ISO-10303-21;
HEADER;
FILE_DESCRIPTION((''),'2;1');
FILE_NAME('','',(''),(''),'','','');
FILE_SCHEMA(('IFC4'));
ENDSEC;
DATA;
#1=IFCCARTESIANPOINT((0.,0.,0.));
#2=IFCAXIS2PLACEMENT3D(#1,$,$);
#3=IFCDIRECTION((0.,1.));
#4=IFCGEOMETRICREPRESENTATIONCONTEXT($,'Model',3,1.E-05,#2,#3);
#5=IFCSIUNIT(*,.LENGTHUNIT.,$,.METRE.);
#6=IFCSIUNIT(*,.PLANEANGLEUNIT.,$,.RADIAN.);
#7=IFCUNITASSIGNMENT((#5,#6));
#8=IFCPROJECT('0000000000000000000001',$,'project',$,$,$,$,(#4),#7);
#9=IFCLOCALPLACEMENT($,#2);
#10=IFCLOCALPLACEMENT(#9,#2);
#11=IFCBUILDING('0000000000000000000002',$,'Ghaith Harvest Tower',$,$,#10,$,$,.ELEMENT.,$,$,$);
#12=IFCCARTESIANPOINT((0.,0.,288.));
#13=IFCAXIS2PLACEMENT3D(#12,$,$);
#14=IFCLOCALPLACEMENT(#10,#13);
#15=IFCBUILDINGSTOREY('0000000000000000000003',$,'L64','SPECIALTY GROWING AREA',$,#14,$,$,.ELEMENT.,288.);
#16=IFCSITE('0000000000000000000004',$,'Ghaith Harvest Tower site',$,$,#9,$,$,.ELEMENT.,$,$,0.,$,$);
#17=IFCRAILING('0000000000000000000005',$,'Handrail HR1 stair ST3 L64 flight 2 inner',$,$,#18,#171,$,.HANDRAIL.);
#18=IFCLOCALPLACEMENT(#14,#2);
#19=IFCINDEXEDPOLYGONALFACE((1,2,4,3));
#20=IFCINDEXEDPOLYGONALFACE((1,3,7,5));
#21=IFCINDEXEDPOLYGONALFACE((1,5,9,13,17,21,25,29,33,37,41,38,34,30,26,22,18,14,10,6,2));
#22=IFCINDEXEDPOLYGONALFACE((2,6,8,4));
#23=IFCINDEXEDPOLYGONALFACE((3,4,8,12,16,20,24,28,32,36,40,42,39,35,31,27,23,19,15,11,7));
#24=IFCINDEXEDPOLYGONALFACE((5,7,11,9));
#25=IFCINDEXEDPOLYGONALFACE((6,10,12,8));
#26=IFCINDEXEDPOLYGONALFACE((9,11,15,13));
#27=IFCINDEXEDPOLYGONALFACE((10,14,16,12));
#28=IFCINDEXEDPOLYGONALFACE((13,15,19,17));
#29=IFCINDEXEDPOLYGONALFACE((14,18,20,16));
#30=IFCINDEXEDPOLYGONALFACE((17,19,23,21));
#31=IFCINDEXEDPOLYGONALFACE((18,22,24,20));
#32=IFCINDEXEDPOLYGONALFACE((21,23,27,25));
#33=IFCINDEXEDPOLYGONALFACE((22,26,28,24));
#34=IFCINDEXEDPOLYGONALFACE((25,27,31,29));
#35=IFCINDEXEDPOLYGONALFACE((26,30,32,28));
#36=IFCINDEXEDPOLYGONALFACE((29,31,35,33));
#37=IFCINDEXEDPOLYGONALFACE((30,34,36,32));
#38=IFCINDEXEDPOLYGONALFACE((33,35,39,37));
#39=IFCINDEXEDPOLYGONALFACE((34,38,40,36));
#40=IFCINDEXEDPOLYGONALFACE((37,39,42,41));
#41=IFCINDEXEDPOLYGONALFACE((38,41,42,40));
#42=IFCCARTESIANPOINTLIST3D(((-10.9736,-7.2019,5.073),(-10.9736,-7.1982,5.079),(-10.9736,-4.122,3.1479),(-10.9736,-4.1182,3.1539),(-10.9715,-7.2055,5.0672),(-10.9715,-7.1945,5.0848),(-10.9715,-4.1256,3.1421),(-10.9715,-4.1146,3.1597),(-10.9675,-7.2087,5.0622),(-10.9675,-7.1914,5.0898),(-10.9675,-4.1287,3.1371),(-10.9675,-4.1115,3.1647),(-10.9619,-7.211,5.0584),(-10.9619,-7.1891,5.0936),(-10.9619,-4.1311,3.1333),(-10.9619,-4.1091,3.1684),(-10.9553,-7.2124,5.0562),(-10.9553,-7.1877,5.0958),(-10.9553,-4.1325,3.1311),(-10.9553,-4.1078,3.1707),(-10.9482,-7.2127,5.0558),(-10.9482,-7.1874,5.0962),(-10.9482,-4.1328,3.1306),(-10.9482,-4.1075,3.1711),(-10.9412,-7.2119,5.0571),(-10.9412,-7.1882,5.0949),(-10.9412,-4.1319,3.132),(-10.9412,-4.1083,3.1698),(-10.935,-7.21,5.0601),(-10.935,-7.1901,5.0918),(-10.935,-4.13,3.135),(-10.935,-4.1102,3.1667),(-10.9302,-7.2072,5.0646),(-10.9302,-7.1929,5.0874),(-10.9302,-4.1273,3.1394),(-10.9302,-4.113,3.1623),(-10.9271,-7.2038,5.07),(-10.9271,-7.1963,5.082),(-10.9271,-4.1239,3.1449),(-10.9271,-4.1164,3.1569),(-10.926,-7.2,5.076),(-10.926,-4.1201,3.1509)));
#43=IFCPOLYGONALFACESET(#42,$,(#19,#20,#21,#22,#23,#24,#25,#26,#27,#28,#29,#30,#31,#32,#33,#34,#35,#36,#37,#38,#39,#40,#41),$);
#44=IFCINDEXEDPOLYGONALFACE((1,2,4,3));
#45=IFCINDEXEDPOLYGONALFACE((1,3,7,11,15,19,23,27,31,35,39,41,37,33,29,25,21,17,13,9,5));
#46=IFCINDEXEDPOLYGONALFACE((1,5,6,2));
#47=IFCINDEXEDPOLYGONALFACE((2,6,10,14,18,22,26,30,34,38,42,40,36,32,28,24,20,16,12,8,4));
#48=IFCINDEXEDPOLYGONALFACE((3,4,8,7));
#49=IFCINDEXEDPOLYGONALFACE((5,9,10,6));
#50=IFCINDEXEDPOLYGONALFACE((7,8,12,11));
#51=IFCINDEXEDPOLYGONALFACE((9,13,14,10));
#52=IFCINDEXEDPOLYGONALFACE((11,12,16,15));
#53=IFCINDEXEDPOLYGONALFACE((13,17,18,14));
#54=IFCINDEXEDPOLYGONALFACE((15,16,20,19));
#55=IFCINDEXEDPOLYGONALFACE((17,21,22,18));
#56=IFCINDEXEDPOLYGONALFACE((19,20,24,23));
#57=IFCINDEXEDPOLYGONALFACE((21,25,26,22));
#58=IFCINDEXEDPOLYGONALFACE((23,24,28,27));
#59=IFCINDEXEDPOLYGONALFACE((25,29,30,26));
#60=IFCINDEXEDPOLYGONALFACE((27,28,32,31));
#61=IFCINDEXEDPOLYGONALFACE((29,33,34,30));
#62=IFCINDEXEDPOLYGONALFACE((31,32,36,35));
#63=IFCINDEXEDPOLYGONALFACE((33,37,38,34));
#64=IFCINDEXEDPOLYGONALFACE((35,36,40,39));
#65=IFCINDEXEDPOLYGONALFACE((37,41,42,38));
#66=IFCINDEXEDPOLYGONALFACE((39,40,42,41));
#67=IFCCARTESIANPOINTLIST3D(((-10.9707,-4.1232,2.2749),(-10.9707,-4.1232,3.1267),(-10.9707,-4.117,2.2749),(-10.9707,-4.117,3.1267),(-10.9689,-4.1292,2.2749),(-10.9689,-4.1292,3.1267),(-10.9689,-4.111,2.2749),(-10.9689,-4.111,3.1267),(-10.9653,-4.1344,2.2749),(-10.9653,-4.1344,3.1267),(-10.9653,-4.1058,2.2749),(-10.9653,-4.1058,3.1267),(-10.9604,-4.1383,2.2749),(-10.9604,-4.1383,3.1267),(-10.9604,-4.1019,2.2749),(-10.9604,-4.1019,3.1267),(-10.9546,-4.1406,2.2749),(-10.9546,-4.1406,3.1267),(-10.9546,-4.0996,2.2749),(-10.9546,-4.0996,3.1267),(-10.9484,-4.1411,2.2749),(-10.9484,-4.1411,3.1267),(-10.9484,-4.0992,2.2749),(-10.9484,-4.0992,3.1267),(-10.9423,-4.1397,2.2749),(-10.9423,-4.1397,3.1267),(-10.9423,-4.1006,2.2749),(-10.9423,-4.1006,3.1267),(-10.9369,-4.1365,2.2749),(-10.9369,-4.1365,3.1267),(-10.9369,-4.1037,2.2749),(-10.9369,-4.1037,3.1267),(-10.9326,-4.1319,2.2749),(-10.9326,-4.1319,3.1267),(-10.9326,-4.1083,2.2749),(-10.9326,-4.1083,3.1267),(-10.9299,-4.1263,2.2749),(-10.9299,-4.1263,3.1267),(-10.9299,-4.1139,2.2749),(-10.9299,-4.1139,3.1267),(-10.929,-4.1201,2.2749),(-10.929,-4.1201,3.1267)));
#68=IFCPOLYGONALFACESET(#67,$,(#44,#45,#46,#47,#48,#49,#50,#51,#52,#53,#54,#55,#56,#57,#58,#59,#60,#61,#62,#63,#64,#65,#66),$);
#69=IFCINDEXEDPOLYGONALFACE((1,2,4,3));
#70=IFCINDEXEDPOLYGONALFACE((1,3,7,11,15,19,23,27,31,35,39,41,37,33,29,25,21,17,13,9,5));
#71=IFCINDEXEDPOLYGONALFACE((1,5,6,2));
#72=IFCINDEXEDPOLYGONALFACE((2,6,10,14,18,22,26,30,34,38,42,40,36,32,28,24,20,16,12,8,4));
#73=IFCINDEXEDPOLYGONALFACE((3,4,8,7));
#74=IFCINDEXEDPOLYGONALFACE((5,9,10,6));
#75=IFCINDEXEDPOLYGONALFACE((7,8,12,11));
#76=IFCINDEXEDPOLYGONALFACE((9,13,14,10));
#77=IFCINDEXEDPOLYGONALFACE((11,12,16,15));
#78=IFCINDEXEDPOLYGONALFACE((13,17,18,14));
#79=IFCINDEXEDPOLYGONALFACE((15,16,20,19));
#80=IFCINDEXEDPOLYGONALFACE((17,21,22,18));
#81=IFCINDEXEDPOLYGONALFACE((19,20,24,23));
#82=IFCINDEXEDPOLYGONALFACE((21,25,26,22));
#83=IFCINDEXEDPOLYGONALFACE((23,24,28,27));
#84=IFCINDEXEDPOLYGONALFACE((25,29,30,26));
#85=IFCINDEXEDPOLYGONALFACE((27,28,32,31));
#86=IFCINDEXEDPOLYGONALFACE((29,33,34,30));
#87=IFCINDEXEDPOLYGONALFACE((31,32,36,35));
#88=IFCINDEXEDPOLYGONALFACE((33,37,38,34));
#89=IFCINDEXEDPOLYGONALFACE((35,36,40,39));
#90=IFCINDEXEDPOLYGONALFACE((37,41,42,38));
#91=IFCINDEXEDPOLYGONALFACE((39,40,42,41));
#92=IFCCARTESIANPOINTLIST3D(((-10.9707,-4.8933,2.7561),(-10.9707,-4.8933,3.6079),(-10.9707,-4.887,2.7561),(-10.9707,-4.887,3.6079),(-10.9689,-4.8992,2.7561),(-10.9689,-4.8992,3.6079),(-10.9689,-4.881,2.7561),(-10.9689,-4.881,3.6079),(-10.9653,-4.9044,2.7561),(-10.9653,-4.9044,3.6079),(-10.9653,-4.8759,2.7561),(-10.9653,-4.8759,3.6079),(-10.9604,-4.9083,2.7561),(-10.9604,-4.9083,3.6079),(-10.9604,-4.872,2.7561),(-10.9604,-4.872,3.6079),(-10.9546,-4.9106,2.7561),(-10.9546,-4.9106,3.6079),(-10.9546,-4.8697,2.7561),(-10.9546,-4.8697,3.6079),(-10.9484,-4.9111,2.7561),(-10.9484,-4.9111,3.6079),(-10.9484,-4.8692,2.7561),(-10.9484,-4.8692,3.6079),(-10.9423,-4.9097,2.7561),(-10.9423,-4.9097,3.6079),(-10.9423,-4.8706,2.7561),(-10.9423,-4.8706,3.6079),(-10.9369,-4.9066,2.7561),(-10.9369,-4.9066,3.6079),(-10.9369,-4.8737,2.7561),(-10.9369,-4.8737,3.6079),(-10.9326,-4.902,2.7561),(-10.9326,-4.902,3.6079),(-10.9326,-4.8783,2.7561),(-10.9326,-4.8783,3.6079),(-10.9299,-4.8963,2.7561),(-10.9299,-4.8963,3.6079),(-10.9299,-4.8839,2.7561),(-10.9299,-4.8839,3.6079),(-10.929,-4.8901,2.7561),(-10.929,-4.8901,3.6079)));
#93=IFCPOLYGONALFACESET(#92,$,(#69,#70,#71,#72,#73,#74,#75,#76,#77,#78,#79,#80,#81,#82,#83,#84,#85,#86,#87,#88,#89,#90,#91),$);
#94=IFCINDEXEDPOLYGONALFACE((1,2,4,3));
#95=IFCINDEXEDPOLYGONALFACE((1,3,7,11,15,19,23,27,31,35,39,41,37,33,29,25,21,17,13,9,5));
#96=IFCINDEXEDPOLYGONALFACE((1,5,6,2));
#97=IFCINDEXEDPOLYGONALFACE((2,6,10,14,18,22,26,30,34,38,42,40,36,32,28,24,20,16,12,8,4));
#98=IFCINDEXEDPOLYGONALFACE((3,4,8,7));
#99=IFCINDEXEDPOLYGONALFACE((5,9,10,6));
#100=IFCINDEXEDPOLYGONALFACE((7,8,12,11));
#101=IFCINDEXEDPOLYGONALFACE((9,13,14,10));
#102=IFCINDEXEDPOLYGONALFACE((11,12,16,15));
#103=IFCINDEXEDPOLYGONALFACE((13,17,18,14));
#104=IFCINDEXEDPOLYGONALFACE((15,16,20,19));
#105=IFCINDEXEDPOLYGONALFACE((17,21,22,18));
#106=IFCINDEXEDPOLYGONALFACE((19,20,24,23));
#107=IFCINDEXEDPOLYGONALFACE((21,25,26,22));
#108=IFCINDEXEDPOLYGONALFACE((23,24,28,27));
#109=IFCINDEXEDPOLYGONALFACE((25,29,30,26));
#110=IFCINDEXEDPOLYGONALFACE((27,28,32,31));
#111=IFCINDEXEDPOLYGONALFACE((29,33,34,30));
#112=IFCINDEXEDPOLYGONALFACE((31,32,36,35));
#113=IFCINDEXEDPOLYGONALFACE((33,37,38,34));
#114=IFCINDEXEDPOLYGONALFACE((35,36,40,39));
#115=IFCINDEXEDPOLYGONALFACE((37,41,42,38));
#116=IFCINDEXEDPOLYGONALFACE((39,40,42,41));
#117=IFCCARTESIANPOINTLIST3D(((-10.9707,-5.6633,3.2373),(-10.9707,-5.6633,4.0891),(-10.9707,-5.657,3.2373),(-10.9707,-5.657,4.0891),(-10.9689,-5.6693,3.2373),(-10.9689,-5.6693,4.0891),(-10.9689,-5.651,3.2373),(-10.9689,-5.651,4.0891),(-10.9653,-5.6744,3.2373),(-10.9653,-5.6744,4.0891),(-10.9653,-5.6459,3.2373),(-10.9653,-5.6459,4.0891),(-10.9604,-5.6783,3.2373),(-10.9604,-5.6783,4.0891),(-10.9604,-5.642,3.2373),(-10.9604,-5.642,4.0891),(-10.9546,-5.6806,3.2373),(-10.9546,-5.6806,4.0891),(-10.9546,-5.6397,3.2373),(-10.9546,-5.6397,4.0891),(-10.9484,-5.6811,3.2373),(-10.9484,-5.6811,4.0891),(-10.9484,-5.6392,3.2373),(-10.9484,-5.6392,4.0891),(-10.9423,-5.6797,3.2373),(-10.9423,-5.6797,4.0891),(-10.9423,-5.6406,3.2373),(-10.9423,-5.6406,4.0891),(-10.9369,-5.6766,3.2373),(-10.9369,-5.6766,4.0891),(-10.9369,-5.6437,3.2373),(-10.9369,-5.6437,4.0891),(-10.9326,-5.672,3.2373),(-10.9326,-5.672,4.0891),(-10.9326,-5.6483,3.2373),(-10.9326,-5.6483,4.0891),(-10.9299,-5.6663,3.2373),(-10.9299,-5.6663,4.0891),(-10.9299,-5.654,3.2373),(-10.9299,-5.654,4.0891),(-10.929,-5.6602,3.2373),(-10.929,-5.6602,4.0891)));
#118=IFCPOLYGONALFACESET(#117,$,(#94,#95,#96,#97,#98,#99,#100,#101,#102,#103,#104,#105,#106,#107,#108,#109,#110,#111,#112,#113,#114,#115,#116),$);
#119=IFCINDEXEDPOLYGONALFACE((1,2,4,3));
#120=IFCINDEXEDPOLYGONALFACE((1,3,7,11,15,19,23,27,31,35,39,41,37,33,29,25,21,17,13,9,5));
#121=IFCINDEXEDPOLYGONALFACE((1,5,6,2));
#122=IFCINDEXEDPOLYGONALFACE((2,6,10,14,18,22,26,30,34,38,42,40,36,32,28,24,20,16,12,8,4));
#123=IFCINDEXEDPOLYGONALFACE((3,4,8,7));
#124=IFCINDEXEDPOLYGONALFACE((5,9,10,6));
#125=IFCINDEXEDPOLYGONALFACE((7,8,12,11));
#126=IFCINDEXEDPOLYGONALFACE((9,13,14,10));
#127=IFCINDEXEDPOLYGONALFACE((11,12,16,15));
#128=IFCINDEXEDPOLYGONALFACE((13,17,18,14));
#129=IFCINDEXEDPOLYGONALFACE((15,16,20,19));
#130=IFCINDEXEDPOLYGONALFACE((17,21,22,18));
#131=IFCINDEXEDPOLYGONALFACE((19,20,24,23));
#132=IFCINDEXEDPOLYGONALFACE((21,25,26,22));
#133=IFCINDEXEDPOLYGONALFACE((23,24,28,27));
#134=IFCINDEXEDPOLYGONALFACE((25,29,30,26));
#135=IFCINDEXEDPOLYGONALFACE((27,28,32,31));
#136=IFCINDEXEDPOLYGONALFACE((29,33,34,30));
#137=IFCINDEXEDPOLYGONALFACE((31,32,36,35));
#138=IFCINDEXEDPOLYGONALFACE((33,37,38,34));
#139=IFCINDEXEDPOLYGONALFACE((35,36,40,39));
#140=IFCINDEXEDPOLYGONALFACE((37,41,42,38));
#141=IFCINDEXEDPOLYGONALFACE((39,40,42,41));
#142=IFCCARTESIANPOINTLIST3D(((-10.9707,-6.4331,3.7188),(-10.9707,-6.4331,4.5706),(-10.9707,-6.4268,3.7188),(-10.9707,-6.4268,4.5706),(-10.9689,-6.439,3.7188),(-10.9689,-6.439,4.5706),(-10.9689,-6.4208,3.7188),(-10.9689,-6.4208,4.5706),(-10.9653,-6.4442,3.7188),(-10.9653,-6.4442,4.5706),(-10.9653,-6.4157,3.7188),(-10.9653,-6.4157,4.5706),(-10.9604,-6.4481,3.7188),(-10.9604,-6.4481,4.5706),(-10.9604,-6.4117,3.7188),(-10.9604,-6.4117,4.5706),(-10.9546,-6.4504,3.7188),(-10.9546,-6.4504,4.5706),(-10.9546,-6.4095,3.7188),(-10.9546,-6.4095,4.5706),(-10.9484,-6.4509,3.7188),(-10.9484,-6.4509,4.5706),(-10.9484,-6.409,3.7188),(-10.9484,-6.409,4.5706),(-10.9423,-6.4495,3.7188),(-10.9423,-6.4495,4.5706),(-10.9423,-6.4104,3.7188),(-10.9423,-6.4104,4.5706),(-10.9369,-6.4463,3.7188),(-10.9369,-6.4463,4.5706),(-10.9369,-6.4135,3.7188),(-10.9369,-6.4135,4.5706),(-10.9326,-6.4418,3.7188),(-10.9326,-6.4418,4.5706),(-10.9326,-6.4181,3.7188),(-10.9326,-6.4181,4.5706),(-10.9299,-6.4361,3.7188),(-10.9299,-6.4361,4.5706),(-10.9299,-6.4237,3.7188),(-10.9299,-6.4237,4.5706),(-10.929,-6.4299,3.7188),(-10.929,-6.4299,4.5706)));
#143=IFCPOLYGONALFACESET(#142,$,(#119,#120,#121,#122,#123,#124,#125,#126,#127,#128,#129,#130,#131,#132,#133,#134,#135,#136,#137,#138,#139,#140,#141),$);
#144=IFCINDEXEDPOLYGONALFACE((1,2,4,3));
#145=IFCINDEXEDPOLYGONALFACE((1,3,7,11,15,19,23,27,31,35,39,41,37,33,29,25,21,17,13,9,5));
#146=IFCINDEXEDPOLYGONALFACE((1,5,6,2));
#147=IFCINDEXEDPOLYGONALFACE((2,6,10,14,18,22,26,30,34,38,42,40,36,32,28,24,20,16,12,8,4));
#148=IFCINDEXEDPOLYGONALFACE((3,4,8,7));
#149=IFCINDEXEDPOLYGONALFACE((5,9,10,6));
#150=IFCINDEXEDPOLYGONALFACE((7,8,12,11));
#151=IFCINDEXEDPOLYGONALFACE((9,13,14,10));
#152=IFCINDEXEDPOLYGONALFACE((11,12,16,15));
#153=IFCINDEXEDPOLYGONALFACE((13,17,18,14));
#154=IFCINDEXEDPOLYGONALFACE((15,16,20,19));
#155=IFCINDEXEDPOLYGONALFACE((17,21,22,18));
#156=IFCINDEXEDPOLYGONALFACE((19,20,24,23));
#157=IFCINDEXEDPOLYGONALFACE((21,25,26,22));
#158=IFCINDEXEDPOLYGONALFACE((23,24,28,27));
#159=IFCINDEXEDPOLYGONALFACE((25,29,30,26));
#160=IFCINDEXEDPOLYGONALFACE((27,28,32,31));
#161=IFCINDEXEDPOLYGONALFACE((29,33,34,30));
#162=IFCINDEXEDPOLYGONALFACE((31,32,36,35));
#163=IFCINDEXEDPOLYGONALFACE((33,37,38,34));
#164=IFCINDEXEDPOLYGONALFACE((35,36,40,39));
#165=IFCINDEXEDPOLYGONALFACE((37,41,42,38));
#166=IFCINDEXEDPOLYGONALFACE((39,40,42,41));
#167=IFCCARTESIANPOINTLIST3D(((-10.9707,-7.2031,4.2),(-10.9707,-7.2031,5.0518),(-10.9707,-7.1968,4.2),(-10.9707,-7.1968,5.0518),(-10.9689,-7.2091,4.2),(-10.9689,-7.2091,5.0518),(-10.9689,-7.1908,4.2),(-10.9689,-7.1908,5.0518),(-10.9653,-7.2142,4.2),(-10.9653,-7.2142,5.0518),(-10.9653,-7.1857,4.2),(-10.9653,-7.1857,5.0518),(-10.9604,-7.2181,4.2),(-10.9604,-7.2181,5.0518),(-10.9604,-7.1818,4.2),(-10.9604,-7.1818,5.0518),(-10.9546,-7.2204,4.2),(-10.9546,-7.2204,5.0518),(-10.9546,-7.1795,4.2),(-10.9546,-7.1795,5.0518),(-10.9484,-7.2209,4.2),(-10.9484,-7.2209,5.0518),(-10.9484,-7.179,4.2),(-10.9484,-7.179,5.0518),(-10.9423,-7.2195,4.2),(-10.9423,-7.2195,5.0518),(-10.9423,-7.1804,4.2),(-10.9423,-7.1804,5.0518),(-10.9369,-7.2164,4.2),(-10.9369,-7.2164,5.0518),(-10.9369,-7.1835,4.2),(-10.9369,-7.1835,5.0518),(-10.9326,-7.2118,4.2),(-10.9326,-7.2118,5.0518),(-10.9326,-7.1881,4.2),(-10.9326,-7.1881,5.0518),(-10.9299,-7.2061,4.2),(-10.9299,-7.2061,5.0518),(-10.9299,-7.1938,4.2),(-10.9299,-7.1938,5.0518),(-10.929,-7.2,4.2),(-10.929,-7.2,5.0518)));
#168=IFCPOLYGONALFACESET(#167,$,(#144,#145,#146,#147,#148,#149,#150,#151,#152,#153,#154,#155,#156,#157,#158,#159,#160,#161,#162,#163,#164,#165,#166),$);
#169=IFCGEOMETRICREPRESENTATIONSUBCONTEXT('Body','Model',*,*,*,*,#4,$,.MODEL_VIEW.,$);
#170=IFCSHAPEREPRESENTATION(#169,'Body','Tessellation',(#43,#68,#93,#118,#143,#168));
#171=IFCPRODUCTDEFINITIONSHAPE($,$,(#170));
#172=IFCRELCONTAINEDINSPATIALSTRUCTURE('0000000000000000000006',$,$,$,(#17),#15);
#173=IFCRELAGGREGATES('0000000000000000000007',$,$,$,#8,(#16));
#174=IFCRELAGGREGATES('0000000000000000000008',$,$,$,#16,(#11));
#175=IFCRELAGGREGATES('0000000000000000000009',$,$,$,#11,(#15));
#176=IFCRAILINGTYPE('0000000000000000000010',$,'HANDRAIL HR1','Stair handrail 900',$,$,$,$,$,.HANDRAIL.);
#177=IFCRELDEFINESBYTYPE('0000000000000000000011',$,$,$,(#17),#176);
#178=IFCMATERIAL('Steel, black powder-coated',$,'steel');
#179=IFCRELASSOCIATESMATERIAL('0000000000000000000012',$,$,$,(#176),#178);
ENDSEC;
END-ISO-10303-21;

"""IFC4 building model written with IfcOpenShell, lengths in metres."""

from ifc_helpers import new_model, si_unit, direction, frame, origin, origin_2d, place, context, subcontext, project, spatial, circle, extrude, material, type_object, element, save


model = new_model("IFC4")

# Units and contexts
model_context = context("Model", 3, precision=1e-05, world=origin(), true_north=direction((0.0, 1.0)))
body_context = subcontext(model_context, "Body", "Model", "MODEL_VIEW")
ifc_project = project(units=[si_unit("LENGTHUNIT", "METRE"), si_unit("PLANEANGLEUNIT", "RADIAN")], contexts=[model_context])

# Site, building, storey
site_placement = place(None, origin())
site = spatial("IfcSite", under=ifc_project, at=site_placement, Name="Ghaith Harvest Tower site", CompositionType="ELEMENT", RefElevation=0.0)
building_placement = place(site_placement, origin())
building = spatial("IfcBuilding", under=site, at=building_placement, Name="Ghaith Harvest Tower", CompositionType="ELEMENT")
storey_placement = place(building_placement, frame((0.0, 0.0, 288.0)))
storey = spatial("IfcBuildingStorey", under=building, at=storey_placement, Name="L64", Description="SPECIALTY GROWING AREA", CompositionType="ELEMENT", Elevation=288.0)

# Railing
ifc_material_1 = material(Name="Steel, black powder-coated", Category="steel")
railing_type = type_object("IfcRailingType", Name="HANDRAIL HR1", Description="Stair handrail 900", PredefinedType="HANDRAIL", material=ifc_material_1)
railing_1_placement = place(storey_placement, frame((-10.95, -4.1201, 2.2749)))
element("IfcRailing", 1, at=railing_1_placement, inside=storey, type_object=railing_type, Name="Handrail HR1 stair ST3 L64 flight 2 inner", PredefinedType="HANDRAIL", context=body_context, shape_type="SweptSolid", body=[
    extrude(circle(Radius=0.0239, at=origin_2d()), frame((0.0, 0.0, 0.876), z_axis=(0.0, -0.847979, 0.530029), x_axis=(1.0, 0.0, 0.0)), (0.0, 0.0, 1.0), 3.6321),
    extrude(circle(Radius=0.021, at=origin_2d()), origin(), (0.0, 0.0, 1.0), 0.8518),
    extrude(circle(Radius=0.021, at=origin_2d()), frame((0.0, -0.77, 0.4812)), (0.0, 0.0, 1.0), 0.8518),
    extrude(circle(Radius=0.021, at=origin_2d()), frame((0.0, -1.54, 0.9624)), (0.0, 0.0, 1.0), 0.8518),
    extrude(circle(Radius=0.021, at=origin_2d()), frame((0.0, -2.3098, 1.4438)), (0.0, 0.0, 1.0), 0.8518),
    extrude(circle(Radius=0.021, at=origin_2d()), frame((0.0, -3.0798, 1.925)), (0.0, 0.0, 1.0), 0.8518),
])

save(model, "model.ifc")
